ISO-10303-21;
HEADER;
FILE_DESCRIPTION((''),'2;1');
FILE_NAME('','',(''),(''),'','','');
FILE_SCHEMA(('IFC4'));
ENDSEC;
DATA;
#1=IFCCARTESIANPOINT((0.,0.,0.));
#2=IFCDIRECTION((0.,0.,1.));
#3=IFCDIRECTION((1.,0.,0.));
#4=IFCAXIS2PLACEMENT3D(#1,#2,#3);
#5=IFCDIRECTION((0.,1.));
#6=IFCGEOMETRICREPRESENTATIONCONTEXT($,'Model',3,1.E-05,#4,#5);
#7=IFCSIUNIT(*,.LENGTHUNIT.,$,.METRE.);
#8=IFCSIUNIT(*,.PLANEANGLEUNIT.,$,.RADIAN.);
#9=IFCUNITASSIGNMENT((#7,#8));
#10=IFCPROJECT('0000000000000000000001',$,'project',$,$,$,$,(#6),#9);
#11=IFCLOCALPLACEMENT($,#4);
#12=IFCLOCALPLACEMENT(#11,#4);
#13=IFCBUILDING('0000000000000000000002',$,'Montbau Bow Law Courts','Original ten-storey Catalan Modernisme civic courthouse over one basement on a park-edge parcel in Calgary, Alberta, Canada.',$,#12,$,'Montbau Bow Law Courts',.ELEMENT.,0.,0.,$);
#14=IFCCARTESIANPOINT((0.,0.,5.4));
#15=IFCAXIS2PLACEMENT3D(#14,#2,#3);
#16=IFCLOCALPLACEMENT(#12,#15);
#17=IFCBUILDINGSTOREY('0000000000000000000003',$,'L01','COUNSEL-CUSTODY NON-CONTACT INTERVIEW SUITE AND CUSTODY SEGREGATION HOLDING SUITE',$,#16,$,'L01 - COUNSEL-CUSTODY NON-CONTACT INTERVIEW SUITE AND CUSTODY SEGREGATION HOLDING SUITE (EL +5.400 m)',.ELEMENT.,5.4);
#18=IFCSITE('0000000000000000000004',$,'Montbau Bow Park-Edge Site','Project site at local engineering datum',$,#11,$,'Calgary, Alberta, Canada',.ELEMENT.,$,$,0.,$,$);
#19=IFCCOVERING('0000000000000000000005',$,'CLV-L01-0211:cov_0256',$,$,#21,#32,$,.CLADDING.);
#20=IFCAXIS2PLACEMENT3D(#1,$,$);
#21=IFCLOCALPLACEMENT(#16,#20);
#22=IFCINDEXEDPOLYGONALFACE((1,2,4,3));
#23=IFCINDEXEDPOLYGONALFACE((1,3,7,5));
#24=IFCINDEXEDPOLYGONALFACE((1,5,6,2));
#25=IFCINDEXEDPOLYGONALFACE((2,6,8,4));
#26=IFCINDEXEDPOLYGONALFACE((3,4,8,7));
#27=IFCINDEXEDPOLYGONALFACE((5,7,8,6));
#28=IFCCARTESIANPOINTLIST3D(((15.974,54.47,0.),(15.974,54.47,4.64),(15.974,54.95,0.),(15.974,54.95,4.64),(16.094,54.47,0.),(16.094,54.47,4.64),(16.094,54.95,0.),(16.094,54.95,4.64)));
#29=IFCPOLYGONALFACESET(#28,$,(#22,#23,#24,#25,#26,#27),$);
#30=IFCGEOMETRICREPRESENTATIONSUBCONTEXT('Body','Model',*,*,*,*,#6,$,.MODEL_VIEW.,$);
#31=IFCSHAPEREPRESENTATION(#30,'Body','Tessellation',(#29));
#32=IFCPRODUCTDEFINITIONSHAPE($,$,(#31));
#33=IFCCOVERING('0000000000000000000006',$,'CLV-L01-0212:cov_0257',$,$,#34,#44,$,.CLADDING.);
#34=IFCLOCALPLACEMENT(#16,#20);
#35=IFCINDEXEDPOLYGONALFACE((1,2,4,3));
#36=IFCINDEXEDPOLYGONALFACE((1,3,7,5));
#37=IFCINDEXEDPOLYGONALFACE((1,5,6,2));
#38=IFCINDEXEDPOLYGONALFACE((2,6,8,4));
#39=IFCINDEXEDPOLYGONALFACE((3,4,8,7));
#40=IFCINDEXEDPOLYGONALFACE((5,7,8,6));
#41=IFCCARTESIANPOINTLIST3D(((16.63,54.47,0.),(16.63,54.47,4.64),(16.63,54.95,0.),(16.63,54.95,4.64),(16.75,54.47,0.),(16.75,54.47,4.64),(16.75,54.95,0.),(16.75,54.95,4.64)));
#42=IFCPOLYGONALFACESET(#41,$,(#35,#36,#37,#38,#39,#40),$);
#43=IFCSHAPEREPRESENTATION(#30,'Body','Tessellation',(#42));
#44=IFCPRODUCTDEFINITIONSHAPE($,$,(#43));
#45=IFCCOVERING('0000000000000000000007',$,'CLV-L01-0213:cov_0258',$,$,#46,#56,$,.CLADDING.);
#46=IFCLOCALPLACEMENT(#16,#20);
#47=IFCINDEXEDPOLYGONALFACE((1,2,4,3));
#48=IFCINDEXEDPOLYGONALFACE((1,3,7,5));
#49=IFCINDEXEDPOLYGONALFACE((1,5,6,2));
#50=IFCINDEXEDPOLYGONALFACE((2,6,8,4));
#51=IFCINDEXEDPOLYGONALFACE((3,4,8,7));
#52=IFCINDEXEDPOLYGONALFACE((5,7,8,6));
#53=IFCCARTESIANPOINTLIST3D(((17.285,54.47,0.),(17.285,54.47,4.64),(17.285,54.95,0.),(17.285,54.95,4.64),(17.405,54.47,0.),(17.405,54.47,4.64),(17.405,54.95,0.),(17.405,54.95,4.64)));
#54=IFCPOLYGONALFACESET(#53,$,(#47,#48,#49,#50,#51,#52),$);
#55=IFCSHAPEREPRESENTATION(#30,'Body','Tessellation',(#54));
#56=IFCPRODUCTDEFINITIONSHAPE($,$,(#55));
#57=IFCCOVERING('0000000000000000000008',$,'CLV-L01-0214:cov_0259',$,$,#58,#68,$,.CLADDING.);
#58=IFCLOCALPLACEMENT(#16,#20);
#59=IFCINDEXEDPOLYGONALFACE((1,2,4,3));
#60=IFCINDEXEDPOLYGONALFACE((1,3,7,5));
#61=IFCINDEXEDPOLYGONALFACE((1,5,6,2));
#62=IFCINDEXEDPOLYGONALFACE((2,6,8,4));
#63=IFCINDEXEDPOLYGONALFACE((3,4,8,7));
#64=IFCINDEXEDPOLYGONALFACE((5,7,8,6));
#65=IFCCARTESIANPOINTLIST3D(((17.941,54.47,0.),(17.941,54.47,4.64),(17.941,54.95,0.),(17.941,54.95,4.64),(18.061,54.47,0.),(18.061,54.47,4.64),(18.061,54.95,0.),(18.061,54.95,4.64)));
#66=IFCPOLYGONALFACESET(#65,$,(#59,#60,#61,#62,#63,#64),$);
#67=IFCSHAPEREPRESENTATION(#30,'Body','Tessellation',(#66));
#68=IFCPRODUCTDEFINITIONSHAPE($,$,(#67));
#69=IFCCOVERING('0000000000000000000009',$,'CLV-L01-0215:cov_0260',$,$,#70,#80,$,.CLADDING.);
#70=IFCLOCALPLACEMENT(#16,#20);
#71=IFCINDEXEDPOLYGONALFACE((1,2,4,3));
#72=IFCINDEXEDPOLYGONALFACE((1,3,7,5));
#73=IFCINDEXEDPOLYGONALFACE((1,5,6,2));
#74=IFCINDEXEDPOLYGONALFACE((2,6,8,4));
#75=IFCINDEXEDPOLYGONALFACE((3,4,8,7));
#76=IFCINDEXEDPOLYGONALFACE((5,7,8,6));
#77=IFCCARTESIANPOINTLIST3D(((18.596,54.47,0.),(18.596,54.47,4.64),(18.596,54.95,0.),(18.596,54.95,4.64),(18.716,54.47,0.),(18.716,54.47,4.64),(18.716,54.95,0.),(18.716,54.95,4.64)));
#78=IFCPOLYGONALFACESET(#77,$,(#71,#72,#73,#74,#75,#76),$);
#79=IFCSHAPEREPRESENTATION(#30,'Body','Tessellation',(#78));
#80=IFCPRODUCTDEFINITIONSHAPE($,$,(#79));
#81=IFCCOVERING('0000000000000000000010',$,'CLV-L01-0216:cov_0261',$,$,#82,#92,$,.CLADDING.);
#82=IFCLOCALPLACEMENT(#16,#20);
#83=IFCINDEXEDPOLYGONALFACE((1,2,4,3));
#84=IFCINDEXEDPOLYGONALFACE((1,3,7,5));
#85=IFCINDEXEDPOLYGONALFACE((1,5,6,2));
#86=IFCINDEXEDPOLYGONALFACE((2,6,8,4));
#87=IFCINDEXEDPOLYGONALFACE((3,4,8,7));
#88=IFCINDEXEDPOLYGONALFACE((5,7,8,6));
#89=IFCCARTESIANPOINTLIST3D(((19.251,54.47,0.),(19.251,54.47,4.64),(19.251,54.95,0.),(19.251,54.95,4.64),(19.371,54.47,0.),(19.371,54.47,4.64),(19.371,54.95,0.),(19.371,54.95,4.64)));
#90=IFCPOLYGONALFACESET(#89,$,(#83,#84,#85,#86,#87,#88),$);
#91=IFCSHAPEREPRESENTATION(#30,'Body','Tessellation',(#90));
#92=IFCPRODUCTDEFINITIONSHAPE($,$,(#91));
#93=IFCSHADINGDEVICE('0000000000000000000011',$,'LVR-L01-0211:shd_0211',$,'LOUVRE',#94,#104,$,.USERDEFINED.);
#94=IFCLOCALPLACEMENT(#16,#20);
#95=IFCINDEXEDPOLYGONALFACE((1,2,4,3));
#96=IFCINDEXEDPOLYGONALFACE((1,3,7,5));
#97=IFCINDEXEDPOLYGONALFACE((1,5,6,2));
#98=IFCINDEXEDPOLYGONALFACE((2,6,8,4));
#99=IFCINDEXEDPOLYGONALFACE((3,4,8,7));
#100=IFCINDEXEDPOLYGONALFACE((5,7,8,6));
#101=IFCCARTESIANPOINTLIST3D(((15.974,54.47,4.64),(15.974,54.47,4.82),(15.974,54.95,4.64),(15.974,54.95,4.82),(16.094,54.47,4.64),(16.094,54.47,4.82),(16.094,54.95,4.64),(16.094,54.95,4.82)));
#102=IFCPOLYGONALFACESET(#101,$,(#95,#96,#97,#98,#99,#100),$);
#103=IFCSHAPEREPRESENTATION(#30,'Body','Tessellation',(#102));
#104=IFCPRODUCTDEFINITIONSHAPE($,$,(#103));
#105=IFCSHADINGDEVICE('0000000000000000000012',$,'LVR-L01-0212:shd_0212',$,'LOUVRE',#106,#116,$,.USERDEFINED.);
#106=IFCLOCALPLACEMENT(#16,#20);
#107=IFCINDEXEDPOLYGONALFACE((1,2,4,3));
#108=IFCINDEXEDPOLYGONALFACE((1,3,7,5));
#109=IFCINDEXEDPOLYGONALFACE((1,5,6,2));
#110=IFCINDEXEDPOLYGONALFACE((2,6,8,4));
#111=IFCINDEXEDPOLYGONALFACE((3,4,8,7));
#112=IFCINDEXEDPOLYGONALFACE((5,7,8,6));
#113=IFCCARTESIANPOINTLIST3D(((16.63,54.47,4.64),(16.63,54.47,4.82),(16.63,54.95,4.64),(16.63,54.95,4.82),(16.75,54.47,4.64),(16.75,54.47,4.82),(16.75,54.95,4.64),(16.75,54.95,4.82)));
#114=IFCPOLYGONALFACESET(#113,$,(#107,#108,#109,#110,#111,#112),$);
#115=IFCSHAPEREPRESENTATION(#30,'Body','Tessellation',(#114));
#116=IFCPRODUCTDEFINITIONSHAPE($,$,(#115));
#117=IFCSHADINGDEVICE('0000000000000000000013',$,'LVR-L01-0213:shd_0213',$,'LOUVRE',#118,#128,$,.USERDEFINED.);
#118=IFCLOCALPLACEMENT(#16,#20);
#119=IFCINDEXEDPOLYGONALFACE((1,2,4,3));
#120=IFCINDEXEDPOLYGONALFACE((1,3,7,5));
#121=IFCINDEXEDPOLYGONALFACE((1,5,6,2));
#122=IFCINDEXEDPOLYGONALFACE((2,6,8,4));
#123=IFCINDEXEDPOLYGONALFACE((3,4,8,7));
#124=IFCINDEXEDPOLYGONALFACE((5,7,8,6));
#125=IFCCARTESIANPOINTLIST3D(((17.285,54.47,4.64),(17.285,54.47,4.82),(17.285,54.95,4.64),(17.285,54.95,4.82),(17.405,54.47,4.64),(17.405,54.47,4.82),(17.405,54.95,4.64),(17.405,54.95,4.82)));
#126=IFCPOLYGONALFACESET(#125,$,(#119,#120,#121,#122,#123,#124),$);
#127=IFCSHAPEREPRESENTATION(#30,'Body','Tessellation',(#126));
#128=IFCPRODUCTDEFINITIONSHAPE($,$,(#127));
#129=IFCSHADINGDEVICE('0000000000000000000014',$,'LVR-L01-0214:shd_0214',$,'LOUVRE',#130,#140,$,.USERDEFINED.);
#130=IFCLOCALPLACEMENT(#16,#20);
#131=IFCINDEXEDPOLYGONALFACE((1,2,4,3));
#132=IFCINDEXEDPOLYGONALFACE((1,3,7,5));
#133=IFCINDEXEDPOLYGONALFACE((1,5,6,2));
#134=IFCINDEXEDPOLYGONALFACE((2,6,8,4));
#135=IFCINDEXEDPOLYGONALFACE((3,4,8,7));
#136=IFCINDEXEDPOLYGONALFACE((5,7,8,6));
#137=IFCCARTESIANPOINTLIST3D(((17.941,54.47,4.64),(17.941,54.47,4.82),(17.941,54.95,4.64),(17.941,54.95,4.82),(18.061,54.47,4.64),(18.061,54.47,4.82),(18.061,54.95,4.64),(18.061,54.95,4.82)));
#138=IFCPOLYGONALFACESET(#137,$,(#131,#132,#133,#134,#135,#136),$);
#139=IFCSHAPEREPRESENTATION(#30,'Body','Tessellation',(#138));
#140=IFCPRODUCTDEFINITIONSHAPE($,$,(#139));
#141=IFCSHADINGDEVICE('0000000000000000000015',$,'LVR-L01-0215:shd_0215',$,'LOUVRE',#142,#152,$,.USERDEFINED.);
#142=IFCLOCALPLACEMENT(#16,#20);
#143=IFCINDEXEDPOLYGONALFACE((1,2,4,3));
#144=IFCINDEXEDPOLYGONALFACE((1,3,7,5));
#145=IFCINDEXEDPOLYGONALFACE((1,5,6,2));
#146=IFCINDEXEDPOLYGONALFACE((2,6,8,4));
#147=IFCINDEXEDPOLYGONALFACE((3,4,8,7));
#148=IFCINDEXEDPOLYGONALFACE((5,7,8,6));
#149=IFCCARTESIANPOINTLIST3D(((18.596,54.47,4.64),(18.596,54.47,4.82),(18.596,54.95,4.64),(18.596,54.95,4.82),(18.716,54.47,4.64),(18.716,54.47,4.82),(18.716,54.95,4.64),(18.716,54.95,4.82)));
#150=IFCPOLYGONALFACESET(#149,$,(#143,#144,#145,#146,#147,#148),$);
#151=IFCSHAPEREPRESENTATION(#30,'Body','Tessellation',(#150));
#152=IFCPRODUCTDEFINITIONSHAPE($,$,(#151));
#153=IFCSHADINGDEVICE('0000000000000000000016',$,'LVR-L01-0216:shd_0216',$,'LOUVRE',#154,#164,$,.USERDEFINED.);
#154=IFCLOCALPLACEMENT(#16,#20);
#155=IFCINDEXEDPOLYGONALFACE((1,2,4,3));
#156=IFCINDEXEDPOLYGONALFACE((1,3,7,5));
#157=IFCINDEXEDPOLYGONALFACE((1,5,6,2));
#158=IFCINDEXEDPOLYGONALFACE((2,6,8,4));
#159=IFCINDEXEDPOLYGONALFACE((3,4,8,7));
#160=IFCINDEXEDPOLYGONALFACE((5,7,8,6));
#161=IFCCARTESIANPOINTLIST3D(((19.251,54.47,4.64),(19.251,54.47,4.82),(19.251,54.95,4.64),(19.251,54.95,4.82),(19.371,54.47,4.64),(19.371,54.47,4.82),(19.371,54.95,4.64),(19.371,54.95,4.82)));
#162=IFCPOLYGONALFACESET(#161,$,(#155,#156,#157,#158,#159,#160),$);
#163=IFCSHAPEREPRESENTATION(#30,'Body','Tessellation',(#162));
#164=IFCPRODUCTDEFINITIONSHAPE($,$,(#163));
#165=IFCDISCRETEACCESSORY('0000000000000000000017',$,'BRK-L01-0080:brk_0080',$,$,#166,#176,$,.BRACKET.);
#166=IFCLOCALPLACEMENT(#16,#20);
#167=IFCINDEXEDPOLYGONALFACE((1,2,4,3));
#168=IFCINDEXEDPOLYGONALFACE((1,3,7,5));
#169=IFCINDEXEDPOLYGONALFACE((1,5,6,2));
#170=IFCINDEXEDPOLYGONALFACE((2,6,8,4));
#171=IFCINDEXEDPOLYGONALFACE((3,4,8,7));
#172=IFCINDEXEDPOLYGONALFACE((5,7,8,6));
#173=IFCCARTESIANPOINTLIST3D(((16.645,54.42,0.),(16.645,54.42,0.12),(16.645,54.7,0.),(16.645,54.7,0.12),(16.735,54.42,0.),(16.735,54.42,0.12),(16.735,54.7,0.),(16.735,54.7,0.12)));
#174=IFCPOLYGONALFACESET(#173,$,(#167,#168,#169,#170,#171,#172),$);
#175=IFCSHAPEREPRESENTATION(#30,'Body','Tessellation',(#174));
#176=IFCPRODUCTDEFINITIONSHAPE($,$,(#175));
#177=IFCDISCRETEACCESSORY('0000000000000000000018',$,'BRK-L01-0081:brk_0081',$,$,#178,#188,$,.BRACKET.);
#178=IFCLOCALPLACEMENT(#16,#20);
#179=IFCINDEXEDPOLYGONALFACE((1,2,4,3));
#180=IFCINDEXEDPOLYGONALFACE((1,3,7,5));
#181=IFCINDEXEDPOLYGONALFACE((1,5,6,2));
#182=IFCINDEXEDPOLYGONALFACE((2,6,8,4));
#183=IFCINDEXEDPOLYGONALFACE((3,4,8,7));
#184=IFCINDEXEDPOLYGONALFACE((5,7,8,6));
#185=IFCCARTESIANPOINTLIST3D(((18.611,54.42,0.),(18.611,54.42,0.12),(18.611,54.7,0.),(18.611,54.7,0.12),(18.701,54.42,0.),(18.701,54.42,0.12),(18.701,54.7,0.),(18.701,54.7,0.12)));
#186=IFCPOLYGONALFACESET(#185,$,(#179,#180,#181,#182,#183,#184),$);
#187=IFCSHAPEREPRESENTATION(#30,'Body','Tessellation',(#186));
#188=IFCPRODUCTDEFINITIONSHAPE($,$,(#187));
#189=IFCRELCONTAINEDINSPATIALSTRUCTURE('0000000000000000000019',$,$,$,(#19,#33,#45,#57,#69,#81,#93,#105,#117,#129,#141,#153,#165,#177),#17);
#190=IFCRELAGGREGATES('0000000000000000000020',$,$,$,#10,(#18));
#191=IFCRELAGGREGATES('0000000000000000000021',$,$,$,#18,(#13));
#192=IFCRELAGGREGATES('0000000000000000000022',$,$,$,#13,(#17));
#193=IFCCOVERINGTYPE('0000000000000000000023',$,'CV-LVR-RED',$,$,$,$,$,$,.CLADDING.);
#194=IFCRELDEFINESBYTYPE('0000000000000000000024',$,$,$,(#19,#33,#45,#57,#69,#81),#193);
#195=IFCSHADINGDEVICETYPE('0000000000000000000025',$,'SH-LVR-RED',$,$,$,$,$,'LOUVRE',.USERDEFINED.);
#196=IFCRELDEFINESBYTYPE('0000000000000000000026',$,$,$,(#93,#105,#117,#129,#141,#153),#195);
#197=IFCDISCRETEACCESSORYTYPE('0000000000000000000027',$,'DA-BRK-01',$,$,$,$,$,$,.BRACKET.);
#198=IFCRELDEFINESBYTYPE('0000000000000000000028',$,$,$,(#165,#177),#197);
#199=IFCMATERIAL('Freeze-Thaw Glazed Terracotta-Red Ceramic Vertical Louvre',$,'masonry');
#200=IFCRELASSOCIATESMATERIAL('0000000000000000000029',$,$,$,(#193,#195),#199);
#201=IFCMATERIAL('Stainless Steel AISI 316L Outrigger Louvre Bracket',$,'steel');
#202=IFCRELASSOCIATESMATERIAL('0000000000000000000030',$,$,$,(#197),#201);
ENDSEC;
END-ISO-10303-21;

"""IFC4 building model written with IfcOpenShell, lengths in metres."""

from ifc_helpers import new_model, si_unit, direction, frame, frame_2d, origin_with_axes, origin_2d_with_axis, place, context, subcontext, project, spatial, rectangle, extrude, material, type_object, element, save


model = new_model("IFC4")

# Units and contexts
model_context = context("Model", 3, precision=1e-05, world=origin_with_axes(), true_north=direction((0.0, 1.0)))
body_context = subcontext(model_context, "Body", "Model", "MODEL_VIEW")
ifc_project = project(units=[si_unit("LENGTHUNIT", "METRE"), si_unit("PLANEANGLEUNIT", "RADIAN")], contexts=[model_context])

# Site, building, storey
site_placement = place(None, origin_with_axes())
site = spatial("IfcSite", under=ifc_project, at=site_placement, Name="Montbau Bow Park-Edge Site", Description="Project site at local engineering datum", LongName="Calgary, Alberta, Canada", CompositionType="ELEMENT", RefElevation=0.0)
building_placement = place(site_placement, origin_with_axes())
building = spatial("IfcBuilding", under=site, at=building_placement, Name="Montbau Bow Law Courts", Description="Original ten-storey Catalan Modernisme civic courthouse over one basement on a park-edge parcel in Calgary, Alberta, Canada.", LongName="Montbau Bow Law Courts", CompositionType="ELEMENT", ElevationOfRefHeight=0.0, ElevationOfTerrain=0.0)
storey_placement = place(building_placement, frame((0.0, 0.0, 5.4), z_axis=(0.0, 0.0, 1.0), x_axis=(1.0, 0.0, 0.0)))
storey = spatial("IfcBuildingStorey", under=building, at=storey_placement, Name="L01", Description="COUNSEL-CUSTODY NON-CONTACT INTERVIEW SUITE AND CUSTODY SEGREGATION HOLDING SUITE", LongName="L01 - COUNSEL-CUSTODY NON-CONTACT INTERVIEW SUITE AND CUSTODY SEGREGATION HOLDING SUITE (EL +5.400 m)", CompositionType="ELEMENT", Elevation=5.4)

# Coverings
ifc_material_1 = material(Name="Freeze-Thaw Glazed Terracotta-Red Ceramic Vertical Louvre", Category="masonry")
covering_type = type_object("IfcCoveringType", Name="CV-LVR-RED", PredefinedType="CLADDING", material=ifc_material_1)
for number, where, z_axis, x_axis, name in (
    (1, (16.034, 54.47, 5.4), (1.0, 0.0, 0.0), (0.0, 1.0, 0.0), "CLV-L01-0211:cov_0256"),
    (2, (16.69, 54.47, 5.4), (1.0, 0.0, 0.0), (0.0, 1.0, 0.0), "CLV-L01-0212:cov_0257"),
    (3, (17.345, 54.47, 5.4), (1.0, 0.0, 0.0), (0.0, 1.0, 0.0), "CLV-L01-0213:cov_0258"),
    (4, (18.001, 54.47, 5.4), (1.0, 0.0, 0.0), (0.0, 1.0, 0.0), "CLV-L01-0214:cov_0259"),
    (5, (18.656, 54.47, 5.4), (1.0, 0.0, 0.0), (0.0, 1.0, 0.0), "CLV-L01-0215:cov_0260"),
    (6, (19.311, 54.47, 5.4), (1.0, 0.0, 0.0), (0.0, 1.0, 0.0), "CLV-L01-0216:cov_0261"),
):
    element("IfcCovering", number, at=place(None, frame(where, z_axis=z_axis, x_axis=x_axis)), inside=storey, type_object=covering_type, Name=name, PredefinedType="CLADDING", context=body_context, shape_type="SweptSolid", body=[
        extrude(rectangle(XDim=0.48, YDim=4.64, at=frame_2d((0.24, 2.32), x_axis=(1.0, 0.0))), frame((0.0, 0.0, -0.06), z_axis=(0.0, 0.0, 1.0), x_axis=(1.0, 0.0, 0.0)), (0.0, 0.0, 1.0), 0.12),
    ])

# Shading devices
shading_device_type = type_object("IfcShadingDeviceType", Name="SH-LVR-RED", ElementType="LOUVRE", PredefinedType="USERDEFINED", material=ifc_material_1)
for number, where, z_axis, x_axis, name in (
    (7, (16.034, 54.71, 10.04), (0.0, 0.0, 1.0), (0.0, 1.0, 0.0), "LVR-L01-0211:shd_0211"),
    (8, (16.69, 54.71, 10.04), (0.0, 0.0, 1.0), (0.0, 1.0, 0.0), "LVR-L01-0212:shd_0212"),
    (9, (17.345, 54.71, 10.04), (0.0, 0.0, 1.0), (0.0, 1.0, 0.0), "LVR-L01-0213:shd_0213"),
    (10, (18.001, 54.71, 10.04), (0.0, 0.0, 1.0), (0.0, 1.0, 0.0), "LVR-L01-0214:shd_0214"),
    (11, (18.656, 54.71, 10.04), (0.0, 0.0, 1.0), (0.0, 1.0, 0.0), "LVR-L01-0215:shd_0215"),
    (12, (19.311, 54.71, 10.04), (0.0, 0.0, 1.0), (0.0, 1.0, 0.0), "LVR-L01-0216:shd_0216"),
):
    element("IfcShadingDevice", number, at=place(None, frame(where, z_axis=z_axis, x_axis=x_axis)), inside=storey, type_object=shading_device_type, Name=name, ObjectType="LOUVRE", PredefinedType="USERDEFINED", context=body_context, shape_type="SweptSolid", body=[
        extrude(rectangle(XDim=0.48, YDim=0.12, at=origin_2d_with_axis()), origin_with_axes(), (0.0, 0.0, 1.0), 0.18),
    ])

# Discrete accessories
ifc_material_2 = material(Name="Stainless Steel AISI 316L Outrigger Louvre Bracket", Category="steel")
discrete_accessory_type = type_object("IfcDiscreteAccessoryType", Name="DA-BRK-01", PredefinedType="BRACKET", material=ifc_material_2)
for number, where, z_axis, x_axis, name in (
    (13, (16.69, 54.56, 5.4), (0.0, 0.0, 1.0), (0.0, 1.0, 0.0), "BRK-L01-0080:brk_0080"),
    (14, (18.656, 54.56, 5.4), (0.0, 0.0, 1.0), (0.0, 1.0, 0.0), "BRK-L01-0081:brk_0081"),
):
    element("IfcDiscreteAccessory", number, at=place(None, frame(where, z_axis=z_axis, x_axis=x_axis)), inside=storey, type_object=discrete_accessory_type, Name=name, PredefinedType="BRACKET", context=body_context, shape_type="SweptSolid", body=[
        extrude(rectangle(XDim=0.28, YDim=0.09, at=origin_2d_with_axis()), origin_with_axes(), (0.0, 0.0, 1.0), 0.12),
    ])

save(model, "model.ifc")
